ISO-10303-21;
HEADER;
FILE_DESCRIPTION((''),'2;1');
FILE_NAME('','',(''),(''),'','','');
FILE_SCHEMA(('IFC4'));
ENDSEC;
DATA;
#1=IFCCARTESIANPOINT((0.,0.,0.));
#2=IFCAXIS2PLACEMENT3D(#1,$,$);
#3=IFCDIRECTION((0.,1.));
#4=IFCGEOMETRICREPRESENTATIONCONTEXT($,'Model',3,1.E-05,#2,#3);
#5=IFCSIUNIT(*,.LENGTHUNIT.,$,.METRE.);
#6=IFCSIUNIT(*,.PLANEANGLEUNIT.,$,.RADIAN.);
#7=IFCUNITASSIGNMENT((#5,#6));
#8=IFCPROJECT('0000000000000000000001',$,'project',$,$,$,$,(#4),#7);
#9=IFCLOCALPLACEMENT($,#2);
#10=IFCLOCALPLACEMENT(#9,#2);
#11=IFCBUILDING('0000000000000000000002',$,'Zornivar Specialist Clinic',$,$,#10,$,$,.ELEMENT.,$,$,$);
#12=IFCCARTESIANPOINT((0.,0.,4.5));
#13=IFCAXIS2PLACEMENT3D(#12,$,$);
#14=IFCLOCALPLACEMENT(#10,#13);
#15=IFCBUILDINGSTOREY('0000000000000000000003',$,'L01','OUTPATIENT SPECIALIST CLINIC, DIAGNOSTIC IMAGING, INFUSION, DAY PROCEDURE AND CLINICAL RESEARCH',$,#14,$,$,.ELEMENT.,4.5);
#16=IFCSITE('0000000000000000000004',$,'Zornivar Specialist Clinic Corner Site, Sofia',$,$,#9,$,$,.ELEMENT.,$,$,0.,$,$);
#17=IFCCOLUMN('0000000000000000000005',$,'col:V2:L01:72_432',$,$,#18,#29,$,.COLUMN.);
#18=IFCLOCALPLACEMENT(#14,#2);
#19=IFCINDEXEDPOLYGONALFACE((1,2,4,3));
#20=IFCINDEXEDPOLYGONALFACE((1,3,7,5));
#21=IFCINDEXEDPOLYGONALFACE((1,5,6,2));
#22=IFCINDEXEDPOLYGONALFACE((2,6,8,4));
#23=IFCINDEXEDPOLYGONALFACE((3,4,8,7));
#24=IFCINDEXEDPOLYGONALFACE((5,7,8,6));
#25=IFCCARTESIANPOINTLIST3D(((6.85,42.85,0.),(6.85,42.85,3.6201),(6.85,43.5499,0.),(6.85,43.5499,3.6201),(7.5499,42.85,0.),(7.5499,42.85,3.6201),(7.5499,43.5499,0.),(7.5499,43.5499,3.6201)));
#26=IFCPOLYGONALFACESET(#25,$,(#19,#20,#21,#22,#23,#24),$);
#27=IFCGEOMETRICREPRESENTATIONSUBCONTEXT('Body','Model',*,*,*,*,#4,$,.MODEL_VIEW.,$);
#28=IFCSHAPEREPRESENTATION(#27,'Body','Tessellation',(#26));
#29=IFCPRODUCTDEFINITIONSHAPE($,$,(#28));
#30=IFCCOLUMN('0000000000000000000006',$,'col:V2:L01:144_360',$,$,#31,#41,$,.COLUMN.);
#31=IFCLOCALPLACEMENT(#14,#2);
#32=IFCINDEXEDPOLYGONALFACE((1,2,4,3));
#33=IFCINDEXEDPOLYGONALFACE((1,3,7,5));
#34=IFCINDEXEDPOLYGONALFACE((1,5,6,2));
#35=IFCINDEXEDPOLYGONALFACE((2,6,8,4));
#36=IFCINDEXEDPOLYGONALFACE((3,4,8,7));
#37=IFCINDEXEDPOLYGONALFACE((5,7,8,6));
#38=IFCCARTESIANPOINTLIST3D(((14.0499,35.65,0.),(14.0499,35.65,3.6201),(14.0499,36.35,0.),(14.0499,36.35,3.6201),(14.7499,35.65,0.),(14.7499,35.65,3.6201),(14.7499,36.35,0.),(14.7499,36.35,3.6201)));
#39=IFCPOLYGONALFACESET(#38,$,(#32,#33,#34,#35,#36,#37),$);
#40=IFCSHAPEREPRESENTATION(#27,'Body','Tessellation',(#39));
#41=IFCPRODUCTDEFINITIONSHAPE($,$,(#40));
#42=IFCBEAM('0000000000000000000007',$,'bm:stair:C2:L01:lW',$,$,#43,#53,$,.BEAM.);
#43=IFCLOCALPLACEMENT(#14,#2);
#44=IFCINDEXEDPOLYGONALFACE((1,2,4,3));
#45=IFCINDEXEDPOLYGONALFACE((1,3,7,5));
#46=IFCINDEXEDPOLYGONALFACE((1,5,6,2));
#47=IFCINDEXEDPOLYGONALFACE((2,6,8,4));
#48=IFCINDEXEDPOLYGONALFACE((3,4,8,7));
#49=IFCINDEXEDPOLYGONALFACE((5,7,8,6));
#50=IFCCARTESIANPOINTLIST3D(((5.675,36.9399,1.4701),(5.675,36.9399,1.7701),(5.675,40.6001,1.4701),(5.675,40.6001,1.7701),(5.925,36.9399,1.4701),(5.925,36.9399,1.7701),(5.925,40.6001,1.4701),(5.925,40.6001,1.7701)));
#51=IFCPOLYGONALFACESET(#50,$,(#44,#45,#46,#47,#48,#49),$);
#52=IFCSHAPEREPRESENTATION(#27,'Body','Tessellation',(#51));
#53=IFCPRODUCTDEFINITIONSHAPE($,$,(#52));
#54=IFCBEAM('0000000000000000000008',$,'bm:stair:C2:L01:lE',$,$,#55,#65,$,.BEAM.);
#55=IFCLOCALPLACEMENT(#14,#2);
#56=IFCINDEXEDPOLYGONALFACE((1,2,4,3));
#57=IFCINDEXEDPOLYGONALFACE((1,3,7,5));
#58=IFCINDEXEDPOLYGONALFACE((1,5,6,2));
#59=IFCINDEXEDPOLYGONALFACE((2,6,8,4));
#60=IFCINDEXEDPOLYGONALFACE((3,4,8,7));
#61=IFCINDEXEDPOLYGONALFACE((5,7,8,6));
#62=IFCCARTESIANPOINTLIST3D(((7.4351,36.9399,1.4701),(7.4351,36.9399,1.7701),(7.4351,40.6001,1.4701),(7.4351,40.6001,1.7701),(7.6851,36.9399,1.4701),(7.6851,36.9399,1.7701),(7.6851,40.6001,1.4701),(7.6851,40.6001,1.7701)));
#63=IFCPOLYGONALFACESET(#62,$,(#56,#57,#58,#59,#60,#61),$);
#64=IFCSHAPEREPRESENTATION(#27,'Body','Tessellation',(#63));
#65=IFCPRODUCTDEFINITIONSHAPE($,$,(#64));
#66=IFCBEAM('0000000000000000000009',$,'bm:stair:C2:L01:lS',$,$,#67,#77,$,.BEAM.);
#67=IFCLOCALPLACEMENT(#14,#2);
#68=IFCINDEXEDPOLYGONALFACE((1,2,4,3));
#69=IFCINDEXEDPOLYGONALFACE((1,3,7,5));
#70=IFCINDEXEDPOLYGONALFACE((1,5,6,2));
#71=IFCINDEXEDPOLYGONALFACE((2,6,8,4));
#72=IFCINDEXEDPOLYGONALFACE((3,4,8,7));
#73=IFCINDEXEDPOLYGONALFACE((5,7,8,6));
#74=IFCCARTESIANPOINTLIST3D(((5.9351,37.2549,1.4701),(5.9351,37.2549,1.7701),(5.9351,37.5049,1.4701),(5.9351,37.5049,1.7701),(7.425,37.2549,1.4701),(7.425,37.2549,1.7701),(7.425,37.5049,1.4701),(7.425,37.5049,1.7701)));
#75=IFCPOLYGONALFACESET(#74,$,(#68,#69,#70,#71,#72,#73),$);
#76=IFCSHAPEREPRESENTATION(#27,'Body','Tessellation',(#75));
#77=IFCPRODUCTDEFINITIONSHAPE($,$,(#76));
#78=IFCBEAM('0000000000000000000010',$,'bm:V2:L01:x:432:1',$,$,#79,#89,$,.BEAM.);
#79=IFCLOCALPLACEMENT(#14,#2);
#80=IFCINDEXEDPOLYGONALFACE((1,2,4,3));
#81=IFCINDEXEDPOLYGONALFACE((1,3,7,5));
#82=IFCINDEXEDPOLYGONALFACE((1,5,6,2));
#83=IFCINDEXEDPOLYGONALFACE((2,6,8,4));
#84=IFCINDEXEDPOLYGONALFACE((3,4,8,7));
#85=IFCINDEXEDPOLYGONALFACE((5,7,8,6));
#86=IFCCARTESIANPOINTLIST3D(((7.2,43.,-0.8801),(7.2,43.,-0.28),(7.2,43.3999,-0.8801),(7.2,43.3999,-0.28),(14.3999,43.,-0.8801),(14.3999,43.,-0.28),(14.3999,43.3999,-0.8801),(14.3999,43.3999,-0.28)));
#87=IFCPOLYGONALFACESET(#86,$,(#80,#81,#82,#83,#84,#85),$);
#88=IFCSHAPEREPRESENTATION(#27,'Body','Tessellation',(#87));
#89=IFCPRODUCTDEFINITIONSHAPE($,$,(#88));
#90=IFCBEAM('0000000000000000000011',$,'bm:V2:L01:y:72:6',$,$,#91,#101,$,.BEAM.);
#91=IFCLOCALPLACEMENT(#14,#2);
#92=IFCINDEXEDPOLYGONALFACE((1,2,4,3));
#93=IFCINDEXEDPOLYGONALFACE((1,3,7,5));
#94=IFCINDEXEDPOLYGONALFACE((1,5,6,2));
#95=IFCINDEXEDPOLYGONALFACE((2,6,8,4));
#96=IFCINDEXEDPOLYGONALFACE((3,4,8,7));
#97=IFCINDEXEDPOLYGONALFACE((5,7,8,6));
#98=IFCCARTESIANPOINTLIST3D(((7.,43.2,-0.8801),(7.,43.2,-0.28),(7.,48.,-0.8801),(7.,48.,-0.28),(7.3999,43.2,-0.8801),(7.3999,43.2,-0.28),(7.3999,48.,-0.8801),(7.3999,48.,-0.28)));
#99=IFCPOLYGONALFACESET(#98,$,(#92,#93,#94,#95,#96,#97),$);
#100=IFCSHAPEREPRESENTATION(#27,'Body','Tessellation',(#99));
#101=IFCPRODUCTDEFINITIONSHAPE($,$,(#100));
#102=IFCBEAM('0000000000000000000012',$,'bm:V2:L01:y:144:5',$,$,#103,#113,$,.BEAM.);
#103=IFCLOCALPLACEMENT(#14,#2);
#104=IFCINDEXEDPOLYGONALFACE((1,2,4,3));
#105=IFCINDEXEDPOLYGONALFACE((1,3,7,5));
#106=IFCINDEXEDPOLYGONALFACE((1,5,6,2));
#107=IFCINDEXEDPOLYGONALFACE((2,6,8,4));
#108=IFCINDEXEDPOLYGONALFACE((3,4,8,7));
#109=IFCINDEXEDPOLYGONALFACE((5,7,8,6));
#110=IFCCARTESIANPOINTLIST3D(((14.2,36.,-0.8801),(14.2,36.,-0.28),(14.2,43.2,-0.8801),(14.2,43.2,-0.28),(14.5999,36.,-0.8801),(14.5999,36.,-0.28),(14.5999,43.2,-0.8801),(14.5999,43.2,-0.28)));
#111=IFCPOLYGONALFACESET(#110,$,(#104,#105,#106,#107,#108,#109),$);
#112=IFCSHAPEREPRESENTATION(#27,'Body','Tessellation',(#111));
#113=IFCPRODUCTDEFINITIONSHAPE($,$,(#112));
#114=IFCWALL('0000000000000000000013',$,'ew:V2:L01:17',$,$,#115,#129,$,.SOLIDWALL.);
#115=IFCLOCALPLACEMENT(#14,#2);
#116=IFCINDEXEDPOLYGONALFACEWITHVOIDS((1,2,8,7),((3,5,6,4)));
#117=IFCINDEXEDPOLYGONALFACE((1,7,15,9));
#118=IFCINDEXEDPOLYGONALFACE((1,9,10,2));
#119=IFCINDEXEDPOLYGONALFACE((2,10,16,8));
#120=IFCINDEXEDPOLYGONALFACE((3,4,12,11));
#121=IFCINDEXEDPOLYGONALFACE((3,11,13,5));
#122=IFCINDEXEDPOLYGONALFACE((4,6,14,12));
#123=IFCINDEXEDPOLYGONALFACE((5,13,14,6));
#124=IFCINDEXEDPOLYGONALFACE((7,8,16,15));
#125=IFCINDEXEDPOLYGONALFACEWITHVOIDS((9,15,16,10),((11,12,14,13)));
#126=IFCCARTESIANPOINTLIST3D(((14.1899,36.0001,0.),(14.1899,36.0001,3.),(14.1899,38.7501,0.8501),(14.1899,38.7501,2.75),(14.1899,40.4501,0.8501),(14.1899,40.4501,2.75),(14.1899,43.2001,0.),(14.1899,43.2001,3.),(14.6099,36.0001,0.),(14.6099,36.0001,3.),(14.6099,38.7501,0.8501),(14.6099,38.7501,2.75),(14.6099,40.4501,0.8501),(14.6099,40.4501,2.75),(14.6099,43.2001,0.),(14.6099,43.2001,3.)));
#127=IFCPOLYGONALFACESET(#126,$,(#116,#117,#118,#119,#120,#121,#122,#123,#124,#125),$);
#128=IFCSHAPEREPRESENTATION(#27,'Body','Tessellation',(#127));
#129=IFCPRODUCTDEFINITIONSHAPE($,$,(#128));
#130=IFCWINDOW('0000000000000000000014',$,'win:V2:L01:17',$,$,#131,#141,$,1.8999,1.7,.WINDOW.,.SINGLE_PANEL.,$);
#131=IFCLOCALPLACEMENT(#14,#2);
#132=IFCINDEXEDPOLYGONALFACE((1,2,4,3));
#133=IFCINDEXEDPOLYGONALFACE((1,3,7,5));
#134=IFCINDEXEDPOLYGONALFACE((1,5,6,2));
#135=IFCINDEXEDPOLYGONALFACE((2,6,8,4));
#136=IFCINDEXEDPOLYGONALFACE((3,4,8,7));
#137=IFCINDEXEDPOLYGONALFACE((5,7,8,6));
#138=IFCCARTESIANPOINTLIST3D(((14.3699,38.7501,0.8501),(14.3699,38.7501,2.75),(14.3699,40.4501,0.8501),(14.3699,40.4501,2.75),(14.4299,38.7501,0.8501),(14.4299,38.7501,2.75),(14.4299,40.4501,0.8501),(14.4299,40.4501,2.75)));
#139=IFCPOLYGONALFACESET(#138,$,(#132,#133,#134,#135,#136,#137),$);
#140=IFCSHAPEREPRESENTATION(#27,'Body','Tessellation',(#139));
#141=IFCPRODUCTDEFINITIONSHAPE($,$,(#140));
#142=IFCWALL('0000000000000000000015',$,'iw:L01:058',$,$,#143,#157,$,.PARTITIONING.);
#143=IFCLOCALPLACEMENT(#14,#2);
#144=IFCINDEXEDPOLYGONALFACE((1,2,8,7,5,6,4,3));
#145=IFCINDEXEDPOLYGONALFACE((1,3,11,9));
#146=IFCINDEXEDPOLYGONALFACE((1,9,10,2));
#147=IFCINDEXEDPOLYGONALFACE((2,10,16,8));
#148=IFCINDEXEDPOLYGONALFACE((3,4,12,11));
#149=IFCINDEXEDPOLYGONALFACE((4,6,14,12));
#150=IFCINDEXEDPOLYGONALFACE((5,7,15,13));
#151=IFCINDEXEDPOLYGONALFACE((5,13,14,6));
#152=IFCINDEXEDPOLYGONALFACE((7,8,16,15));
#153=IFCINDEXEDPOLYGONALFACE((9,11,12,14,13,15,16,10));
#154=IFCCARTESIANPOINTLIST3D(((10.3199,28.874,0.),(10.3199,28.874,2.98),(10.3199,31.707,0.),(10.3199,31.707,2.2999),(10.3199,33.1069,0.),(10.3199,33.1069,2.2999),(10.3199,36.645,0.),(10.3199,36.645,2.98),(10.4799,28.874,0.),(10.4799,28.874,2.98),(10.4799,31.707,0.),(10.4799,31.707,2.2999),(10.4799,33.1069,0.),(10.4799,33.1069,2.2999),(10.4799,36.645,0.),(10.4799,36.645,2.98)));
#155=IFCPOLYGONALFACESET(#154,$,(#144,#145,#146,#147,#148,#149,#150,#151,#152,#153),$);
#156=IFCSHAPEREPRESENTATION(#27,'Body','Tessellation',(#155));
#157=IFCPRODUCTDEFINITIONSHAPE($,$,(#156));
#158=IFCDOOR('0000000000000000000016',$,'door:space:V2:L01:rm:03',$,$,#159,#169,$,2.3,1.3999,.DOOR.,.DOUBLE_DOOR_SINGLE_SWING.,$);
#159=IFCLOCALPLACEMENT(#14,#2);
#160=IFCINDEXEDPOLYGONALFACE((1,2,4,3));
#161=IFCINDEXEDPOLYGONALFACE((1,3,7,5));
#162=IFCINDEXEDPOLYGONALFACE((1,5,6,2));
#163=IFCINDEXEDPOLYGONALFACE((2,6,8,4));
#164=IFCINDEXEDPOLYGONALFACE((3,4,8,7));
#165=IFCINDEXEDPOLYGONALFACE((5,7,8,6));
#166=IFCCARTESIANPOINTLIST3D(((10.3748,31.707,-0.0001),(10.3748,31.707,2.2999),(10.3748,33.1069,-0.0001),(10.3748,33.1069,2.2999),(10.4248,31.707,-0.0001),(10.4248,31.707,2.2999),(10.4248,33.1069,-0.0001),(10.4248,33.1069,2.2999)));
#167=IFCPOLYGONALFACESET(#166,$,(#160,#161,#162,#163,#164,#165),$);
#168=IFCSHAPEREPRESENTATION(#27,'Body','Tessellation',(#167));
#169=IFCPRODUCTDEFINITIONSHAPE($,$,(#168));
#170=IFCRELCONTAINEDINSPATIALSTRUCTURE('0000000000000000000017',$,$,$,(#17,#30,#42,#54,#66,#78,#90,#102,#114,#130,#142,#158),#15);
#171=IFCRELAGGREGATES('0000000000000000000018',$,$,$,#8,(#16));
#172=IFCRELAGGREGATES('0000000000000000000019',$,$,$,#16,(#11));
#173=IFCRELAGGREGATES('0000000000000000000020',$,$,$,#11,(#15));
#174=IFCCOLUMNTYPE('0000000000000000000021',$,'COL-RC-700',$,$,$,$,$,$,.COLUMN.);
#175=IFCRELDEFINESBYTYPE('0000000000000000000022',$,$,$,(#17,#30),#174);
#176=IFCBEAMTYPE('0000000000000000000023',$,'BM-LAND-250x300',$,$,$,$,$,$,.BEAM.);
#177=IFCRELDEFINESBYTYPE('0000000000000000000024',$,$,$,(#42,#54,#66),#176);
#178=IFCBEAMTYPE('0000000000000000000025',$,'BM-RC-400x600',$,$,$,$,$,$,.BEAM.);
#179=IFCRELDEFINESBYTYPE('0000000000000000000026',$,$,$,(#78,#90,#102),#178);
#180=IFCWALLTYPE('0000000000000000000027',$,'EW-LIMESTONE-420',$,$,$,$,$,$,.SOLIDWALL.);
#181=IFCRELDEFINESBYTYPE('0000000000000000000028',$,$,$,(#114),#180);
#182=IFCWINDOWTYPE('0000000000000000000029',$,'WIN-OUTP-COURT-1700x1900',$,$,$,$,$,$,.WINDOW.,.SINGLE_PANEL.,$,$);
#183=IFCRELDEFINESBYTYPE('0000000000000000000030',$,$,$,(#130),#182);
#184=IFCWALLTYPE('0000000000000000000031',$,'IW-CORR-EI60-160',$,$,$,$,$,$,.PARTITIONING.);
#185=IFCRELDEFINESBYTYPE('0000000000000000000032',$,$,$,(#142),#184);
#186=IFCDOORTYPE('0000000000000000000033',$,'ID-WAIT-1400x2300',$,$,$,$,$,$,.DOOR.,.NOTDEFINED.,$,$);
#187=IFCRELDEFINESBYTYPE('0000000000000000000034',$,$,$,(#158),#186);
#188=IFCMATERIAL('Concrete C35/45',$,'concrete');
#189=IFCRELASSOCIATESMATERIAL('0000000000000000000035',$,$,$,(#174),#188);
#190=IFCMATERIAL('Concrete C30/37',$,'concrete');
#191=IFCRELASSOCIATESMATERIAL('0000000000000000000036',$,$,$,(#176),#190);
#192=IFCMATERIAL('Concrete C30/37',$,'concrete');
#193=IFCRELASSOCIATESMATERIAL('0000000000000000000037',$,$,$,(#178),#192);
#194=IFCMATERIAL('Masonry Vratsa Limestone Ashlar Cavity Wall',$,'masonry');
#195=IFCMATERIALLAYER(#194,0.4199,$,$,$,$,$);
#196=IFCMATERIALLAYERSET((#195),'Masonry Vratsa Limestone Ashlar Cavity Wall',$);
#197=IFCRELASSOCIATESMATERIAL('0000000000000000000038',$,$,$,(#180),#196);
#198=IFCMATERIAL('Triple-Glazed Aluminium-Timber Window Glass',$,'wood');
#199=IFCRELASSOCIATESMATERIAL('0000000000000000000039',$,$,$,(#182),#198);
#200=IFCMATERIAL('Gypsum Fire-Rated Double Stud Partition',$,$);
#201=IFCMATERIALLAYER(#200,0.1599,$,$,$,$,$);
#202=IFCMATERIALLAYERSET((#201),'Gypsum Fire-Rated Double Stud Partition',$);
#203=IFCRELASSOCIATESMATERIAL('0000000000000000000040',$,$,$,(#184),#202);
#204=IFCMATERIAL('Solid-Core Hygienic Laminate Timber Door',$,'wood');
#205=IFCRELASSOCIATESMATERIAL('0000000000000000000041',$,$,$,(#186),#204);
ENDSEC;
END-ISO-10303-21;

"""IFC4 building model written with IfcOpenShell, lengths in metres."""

from ifc_helpers import new_model, si_unit, direction, frame, frame_2d, origin, origin_2d, place, context, subcontext, project, spatial, rectangle, extrude, material, layer, layer_set, material_profile, profile_set, type_object, element, fill, save


model = new_model("IFC4")

# Units and contexts
model_context = context("Model", 3, precision=1e-05, world=origin(), true_north=direction((0.0, 1.0)))
body_context = subcontext(model_context, "Body", "Model", "MODEL_VIEW")
ifc_project = project(units=[si_unit("LENGTHUNIT", "METRE"), si_unit("PLANEANGLEUNIT", "RADIAN")], contexts=[model_context])

# Site, building, storey
site_placement = place(None, origin())
site = spatial("IfcSite", under=ifc_project, at=site_placement, Name="Zornivar Specialist Clinic Corner Site, Sofia", CompositionType="ELEMENT", RefElevation=0.0)
building_placement = place(site_placement, origin())
building = spatial("IfcBuilding", under=site, at=building_placement, Name="Zornivar Specialist Clinic", CompositionType="ELEMENT")
storey_placement = place(building_placement, frame((0.0, 0.0, 4.5)))
storey = spatial("IfcBuildingStorey", under=building, at=storey_placement, Name="L01", Description="OUTPATIENT SPECIALIST CLINIC, DIAGNOSTIC IMAGING, INFUSION, DAY PROCEDURE AND CLINICAL RESEARCH", CompositionType="ELEMENT", Elevation=4.5)

# Columns
ifc_material_1 = material(Name="Concrete C35/45", Category="concrete")
ifc_material_profile_1 = material_profile(ifc_material_1, rectangle(XDim=0.7, YDim=0.7, at=origin_2d()), Name="RC 700x700")
ifc_profile_set_1 = profile_set([ifc_material_profile_1], Name="Concrete C35/45")
column_type = type_object("IfcColumnType", Name="COL-RC-700", PredefinedType="COLUMN", material=ifc_profile_set_1)
for number, where, z_axis, x_axis, name in (
    (1, (7.2, 43.2, 0.0), (0.0, 0.0, 1.0), (1.0, 0.0, 0.0), "col:V2:L01:72_432"),
    (2, (14.3999, 36.0, 0.0), (0.0, 0.0, 1.0), (1.0, 0.0, 0.0), "col:V2:L01:144_360"),
):
    element("IfcColumn", number, at=place(storey_placement, frame(where, z_axis=z_axis, x_axis=x_axis)), inside=storey, type_object=column_type, Name=name, PredefinedType="COLUMN", context=body_context, shape_type="SweptSolid", body=[
        extrude(rectangle(XDim=0.7, YDim=0.7, at=origin_2d()), origin(), (0.0, 0.0, 1.0), 3.6201),
    ])

# Beams
ifc_material_2 = material(Name="Concrete C30/37", Category="concrete")
ifc_material_profile_2 = material_profile(ifc_material_2, rectangle(XDim=0.25, YDim=0.3, at=origin_2d()), Name="RC 250x300")
ifc_profile_set_2 = profile_set([ifc_material_profile_2], Name="Concrete C30/37")
beam_type_1 = type_object("IfcBeamType", Name="BM-LAND-250x300", PredefinedType="BEAM", material=ifc_profile_set_2)
for number, where, z_axis, x_axis, name in (
    (3, (5.8, 36.9399, 1.6201), (0.0, 1.0, 0.0), (-1.0, 0.0, 0.0), "bm:stair:C2:L01:lW"),
    (4, (7.5601, 36.9399, 1.6201), (0.0, 1.0, 0.0), (-1.0, 0.0, 0.0), "bm:stair:C2:L01:lE"),
):
    element("IfcBeam", number, at=place(storey_placement, frame(where, z_axis=z_axis, x_axis=x_axis)), inside=storey, type_object=beam_type_1, Name=name, PredefinedType="BEAM", context=body_context, shape_type="SweptSolid", body=[
        extrude(rectangle(XDim=0.25, YDim=0.3, at=origin_2d()), origin(), (0.0, 0.0, 1.0), 3.6602),
    ])
beam_1_placement = place(storey_placement, frame((5.9351, 37.3799, 1.6201), z_axis=(1.0, 0.0, 0.0), x_axis=(0.0, 1.0, 0.0)))
element("IfcBeam", 5, at=beam_1_placement, inside=storey, type_object=beam_type_1, Name="bm:stair:C2:L01:lS", PredefinedType="BEAM", context=body_context, shape_type="SweptSolid", body=[
    extrude(rectangle(XDim=0.25, YDim=0.3, at=origin_2d()), origin(), (0.0, 0.0, 1.0), 1.49),
])
ifc_material_3 = material(Name="Concrete C30/37", Category="concrete")
ifc_material_profile_3 = material_profile(ifc_material_3, rectangle(XDim=0.3999, YDim=0.6001, at=origin_2d()), Name="RC 400x600")
ifc_profile_set_3 = profile_set([ifc_material_profile_3], Name="Concrete C30/37")
beam_type_2 = type_object("IfcBeamType", Name="BM-RC-400x600", PredefinedType="BEAM", material=ifc_profile_set_3)
beam_2_placement = place(storey_placement, frame((7.2, 43.2, -0.5801), z_axis=(1.0, 0.0, 0.0), x_axis=(0.0, 1.0, 0.0)))
element("IfcBeam", 6, at=beam_2_placement, inside=storey, type_object=beam_type_2, Name="bm:V2:L01:x:432:1", PredefinedType="BEAM", context=body_context, shape_type="SweptSolid", body=[
    extrude(rectangle(XDim=0.3999, YDim=0.6001, at=origin_2d()), origin(), (0.0, 0.0, 1.0), 7.2),
])
beam_3_placement = place(storey_placement, frame((7.2, 43.2, -0.5801), z_axis=(0.0, 1.0, 0.0), x_axis=(-1.0, 0.0, 0.0)))
element("IfcBeam", 7, at=beam_3_placement, inside=storey, type_object=beam_type_2, Name="bm:V2:L01:y:72:6", PredefinedType="BEAM", context=body_context, shape_type="SweptSolid", body=[
    extrude(rectangle(XDim=0.3999, YDim=0.6001, at=origin_2d()), origin(), (0.0, 0.0, 1.0), 4.8),
])
beam_4_placement = place(storey_placement, frame((14.3999, 36.0, -0.5801), z_axis=(0.0, 1.0, 0.0), x_axis=(-1.0, 0.0, 0.0)))
element("IfcBeam", 8, at=beam_4_placement, inside=storey, type_object=beam_type_2, Name="bm:V2:L01:y:144:5", PredefinedType="BEAM", context=body_context, shape_type="SweptSolid", body=[
    extrude(rectangle(XDim=0.3999, YDim=0.6001, at=origin_2d()), origin(), (0.0, 0.0, 1.0), 7.2),
])

# Wall, opening, window
ifc_material_4 = material(Name="Masonry Vratsa Limestone Ashlar Cavity Wall", Category="masonry")
ifc_layer_1 = layer(ifc_material_4, 0.4199)
ifc_layer_set_1 = layer_set([ifc_layer_1], Name="Masonry Vratsa Limestone Ashlar Cavity Wall")
wall_type_1 = type_object("IfcWallType", Name="EW-LIMESTONE-420", PredefinedType="SOLIDWALL", material=ifc_layer_set_1)
wall_1_placement = place(storey_placement, frame((14.3999, 36.0, 0.0), z_axis=(0.0, 0.0, 1.0), x_axis=(0.0, 1.0, 0.0)))
wall_1 = element("IfcWall", 9, at=wall_1_placement, inside=storey, type_object=wall_type_1, Name="ew:V2:L01:17", PredefinedType="SOLIDWALL", context=body_context, shape_type="SweptSolid", body=[
    extrude(rectangle(XDim=7.2, YDim=0.4199, at=frame_2d((3.6001, 0.0))), origin(), (0.0, 0.0, 1.0), 3.0),
])
opening_1_placement = place(wall_1_placement, frame((2.75, 0.0, 0.8501)))
opening_1 = element("IfcOpeningElement", 10, at=opening_1_placement, cuts=wall_1, PredefinedType="OPENING", context=body_context, shape_type="SweptSolid", body=[
    extrude(rectangle(XDim=1.7, YDim=1.8999, at=frame_2d((0.8501, 0.95))), frame((0.0, 0.22, 0.0), z_axis=(0.0, -1.0, 0.0), x_axis=(1.0, 0.0, 0.0)), (0.0, 0.0, 1.0), 0.4399),
])
ifc_material_5 = material(Name="Triple-Glazed Aluminium-Timber Window Glass", Category="wood")
window_type = type_object("IfcWindowType", Name="WIN-OUTP-COURT-1700x1900", PartitioningType="SINGLE_PANEL", PredefinedType="WINDOW", material=ifc_material_5)
window_placement = place(opening_1_placement, origin())
window = element("IfcWindow", 11, at=window_placement, inside=storey, type_object=window_type, Name="win:V2:L01:17", OverallHeight=1.8999, OverallWidth=1.7, PartitioningType="SINGLE_PANEL", PredefinedType="WINDOW", context=body_context, shape_type="SweptSolid", body=[
    extrude(rectangle(XDim=1.7, YDim=1.8999, at=frame_2d((0.8501, 0.95))), frame((0.0, 0.03, 0.0), z_axis=(0.0, -1.0, 0.0), x_axis=(1.0, 0.0, 0.0)), (0.0, 0.0, 1.0), 0.0601),
])
fill(opening_1, window)

# Wall, opening, door
ifc_material_6 = material(Name="Gypsum Fire-Rated Double Stud Partition")
ifc_layer_2 = layer(ifc_material_6, 0.1599)
ifc_layer_set_2 = layer_set([ifc_layer_2], Name="Gypsum Fire-Rated Double Stud Partition")
wall_type_2 = type_object("IfcWallType", Name="IW-CORR-EI60-160", PredefinedType="PARTITIONING", material=ifc_layer_set_2)
wall_2_placement = place(storey_placement, frame((10.3999, 36.645, 0.0), z_axis=(0.0, 0.0, 1.0), x_axis=(0.0, -1.0, 0.0)))
wall_2 = element("IfcWall", 12, at=wall_2_placement, inside=storey, type_object=wall_type_2, Name="iw:L01:058", PredefinedType="PARTITIONING", context=body_context, shape_type="SweptSolid", body=[
    extrude(rectangle(XDim=7.771, YDim=0.1599, at=frame_2d((3.8855, 0.0))), origin(), (0.0, 0.0, 1.0), 2.98),
])
opening_2_placement = place(wall_2_placement, frame((3.5381, 0.0, 0.0)))
opening_2 = element("IfcOpeningElement", 13, at=opening_2_placement, cuts=wall_2, PredefinedType="OPENING", context=body_context, shape_type="SweptSolid", body=[
    extrude(rectangle(XDim=1.3999, YDim=2.3, at=frame_2d((0.7, 1.1499))), frame((0.0, 0.0898, 0.0), z_axis=(0.0, -1.0, 0.0), x_axis=(1.0, 0.0, 0.0)), (0.0, 0.0, 1.0), 0.1799),
])
ifc_material_7 = material(Name="Solid-Core Hygienic Laminate Timber Door", Category="wood")
door_type_1 = type_object("IfcDoorType", Name="ID-WAIT-1400x2300", OperationType="NOTDEFINED", PredefinedType="DOOR", material=ifc_material_7)
door_1_placement = place(opening_2_placement, origin())
door_1 = element("IfcDoor", 14, at=door_1_placement, inside=storey, type_object=door_type_1, Name="door:space:V2:L01:rm:03", OperationType="DOUBLE_DOOR_SINGLE_SWING", OverallHeight=2.3, OverallWidth=1.3999, PredefinedType="DOOR", context=body_context, shape_type="SweptSolid", body=[
    extrude(rectangle(XDim=1.3999, YDim=2.3, at=frame_2d((0.7, 1.1499))), frame((0.0, 0.0249, 0.0), z_axis=(0.0, -1.0, 0.0), x_axis=(1.0, 0.0, 0.0)), (0.0, 0.0, 1.0), 0.05),
])
fill(opening_2, door_1)

save(model, "model.ifc")
